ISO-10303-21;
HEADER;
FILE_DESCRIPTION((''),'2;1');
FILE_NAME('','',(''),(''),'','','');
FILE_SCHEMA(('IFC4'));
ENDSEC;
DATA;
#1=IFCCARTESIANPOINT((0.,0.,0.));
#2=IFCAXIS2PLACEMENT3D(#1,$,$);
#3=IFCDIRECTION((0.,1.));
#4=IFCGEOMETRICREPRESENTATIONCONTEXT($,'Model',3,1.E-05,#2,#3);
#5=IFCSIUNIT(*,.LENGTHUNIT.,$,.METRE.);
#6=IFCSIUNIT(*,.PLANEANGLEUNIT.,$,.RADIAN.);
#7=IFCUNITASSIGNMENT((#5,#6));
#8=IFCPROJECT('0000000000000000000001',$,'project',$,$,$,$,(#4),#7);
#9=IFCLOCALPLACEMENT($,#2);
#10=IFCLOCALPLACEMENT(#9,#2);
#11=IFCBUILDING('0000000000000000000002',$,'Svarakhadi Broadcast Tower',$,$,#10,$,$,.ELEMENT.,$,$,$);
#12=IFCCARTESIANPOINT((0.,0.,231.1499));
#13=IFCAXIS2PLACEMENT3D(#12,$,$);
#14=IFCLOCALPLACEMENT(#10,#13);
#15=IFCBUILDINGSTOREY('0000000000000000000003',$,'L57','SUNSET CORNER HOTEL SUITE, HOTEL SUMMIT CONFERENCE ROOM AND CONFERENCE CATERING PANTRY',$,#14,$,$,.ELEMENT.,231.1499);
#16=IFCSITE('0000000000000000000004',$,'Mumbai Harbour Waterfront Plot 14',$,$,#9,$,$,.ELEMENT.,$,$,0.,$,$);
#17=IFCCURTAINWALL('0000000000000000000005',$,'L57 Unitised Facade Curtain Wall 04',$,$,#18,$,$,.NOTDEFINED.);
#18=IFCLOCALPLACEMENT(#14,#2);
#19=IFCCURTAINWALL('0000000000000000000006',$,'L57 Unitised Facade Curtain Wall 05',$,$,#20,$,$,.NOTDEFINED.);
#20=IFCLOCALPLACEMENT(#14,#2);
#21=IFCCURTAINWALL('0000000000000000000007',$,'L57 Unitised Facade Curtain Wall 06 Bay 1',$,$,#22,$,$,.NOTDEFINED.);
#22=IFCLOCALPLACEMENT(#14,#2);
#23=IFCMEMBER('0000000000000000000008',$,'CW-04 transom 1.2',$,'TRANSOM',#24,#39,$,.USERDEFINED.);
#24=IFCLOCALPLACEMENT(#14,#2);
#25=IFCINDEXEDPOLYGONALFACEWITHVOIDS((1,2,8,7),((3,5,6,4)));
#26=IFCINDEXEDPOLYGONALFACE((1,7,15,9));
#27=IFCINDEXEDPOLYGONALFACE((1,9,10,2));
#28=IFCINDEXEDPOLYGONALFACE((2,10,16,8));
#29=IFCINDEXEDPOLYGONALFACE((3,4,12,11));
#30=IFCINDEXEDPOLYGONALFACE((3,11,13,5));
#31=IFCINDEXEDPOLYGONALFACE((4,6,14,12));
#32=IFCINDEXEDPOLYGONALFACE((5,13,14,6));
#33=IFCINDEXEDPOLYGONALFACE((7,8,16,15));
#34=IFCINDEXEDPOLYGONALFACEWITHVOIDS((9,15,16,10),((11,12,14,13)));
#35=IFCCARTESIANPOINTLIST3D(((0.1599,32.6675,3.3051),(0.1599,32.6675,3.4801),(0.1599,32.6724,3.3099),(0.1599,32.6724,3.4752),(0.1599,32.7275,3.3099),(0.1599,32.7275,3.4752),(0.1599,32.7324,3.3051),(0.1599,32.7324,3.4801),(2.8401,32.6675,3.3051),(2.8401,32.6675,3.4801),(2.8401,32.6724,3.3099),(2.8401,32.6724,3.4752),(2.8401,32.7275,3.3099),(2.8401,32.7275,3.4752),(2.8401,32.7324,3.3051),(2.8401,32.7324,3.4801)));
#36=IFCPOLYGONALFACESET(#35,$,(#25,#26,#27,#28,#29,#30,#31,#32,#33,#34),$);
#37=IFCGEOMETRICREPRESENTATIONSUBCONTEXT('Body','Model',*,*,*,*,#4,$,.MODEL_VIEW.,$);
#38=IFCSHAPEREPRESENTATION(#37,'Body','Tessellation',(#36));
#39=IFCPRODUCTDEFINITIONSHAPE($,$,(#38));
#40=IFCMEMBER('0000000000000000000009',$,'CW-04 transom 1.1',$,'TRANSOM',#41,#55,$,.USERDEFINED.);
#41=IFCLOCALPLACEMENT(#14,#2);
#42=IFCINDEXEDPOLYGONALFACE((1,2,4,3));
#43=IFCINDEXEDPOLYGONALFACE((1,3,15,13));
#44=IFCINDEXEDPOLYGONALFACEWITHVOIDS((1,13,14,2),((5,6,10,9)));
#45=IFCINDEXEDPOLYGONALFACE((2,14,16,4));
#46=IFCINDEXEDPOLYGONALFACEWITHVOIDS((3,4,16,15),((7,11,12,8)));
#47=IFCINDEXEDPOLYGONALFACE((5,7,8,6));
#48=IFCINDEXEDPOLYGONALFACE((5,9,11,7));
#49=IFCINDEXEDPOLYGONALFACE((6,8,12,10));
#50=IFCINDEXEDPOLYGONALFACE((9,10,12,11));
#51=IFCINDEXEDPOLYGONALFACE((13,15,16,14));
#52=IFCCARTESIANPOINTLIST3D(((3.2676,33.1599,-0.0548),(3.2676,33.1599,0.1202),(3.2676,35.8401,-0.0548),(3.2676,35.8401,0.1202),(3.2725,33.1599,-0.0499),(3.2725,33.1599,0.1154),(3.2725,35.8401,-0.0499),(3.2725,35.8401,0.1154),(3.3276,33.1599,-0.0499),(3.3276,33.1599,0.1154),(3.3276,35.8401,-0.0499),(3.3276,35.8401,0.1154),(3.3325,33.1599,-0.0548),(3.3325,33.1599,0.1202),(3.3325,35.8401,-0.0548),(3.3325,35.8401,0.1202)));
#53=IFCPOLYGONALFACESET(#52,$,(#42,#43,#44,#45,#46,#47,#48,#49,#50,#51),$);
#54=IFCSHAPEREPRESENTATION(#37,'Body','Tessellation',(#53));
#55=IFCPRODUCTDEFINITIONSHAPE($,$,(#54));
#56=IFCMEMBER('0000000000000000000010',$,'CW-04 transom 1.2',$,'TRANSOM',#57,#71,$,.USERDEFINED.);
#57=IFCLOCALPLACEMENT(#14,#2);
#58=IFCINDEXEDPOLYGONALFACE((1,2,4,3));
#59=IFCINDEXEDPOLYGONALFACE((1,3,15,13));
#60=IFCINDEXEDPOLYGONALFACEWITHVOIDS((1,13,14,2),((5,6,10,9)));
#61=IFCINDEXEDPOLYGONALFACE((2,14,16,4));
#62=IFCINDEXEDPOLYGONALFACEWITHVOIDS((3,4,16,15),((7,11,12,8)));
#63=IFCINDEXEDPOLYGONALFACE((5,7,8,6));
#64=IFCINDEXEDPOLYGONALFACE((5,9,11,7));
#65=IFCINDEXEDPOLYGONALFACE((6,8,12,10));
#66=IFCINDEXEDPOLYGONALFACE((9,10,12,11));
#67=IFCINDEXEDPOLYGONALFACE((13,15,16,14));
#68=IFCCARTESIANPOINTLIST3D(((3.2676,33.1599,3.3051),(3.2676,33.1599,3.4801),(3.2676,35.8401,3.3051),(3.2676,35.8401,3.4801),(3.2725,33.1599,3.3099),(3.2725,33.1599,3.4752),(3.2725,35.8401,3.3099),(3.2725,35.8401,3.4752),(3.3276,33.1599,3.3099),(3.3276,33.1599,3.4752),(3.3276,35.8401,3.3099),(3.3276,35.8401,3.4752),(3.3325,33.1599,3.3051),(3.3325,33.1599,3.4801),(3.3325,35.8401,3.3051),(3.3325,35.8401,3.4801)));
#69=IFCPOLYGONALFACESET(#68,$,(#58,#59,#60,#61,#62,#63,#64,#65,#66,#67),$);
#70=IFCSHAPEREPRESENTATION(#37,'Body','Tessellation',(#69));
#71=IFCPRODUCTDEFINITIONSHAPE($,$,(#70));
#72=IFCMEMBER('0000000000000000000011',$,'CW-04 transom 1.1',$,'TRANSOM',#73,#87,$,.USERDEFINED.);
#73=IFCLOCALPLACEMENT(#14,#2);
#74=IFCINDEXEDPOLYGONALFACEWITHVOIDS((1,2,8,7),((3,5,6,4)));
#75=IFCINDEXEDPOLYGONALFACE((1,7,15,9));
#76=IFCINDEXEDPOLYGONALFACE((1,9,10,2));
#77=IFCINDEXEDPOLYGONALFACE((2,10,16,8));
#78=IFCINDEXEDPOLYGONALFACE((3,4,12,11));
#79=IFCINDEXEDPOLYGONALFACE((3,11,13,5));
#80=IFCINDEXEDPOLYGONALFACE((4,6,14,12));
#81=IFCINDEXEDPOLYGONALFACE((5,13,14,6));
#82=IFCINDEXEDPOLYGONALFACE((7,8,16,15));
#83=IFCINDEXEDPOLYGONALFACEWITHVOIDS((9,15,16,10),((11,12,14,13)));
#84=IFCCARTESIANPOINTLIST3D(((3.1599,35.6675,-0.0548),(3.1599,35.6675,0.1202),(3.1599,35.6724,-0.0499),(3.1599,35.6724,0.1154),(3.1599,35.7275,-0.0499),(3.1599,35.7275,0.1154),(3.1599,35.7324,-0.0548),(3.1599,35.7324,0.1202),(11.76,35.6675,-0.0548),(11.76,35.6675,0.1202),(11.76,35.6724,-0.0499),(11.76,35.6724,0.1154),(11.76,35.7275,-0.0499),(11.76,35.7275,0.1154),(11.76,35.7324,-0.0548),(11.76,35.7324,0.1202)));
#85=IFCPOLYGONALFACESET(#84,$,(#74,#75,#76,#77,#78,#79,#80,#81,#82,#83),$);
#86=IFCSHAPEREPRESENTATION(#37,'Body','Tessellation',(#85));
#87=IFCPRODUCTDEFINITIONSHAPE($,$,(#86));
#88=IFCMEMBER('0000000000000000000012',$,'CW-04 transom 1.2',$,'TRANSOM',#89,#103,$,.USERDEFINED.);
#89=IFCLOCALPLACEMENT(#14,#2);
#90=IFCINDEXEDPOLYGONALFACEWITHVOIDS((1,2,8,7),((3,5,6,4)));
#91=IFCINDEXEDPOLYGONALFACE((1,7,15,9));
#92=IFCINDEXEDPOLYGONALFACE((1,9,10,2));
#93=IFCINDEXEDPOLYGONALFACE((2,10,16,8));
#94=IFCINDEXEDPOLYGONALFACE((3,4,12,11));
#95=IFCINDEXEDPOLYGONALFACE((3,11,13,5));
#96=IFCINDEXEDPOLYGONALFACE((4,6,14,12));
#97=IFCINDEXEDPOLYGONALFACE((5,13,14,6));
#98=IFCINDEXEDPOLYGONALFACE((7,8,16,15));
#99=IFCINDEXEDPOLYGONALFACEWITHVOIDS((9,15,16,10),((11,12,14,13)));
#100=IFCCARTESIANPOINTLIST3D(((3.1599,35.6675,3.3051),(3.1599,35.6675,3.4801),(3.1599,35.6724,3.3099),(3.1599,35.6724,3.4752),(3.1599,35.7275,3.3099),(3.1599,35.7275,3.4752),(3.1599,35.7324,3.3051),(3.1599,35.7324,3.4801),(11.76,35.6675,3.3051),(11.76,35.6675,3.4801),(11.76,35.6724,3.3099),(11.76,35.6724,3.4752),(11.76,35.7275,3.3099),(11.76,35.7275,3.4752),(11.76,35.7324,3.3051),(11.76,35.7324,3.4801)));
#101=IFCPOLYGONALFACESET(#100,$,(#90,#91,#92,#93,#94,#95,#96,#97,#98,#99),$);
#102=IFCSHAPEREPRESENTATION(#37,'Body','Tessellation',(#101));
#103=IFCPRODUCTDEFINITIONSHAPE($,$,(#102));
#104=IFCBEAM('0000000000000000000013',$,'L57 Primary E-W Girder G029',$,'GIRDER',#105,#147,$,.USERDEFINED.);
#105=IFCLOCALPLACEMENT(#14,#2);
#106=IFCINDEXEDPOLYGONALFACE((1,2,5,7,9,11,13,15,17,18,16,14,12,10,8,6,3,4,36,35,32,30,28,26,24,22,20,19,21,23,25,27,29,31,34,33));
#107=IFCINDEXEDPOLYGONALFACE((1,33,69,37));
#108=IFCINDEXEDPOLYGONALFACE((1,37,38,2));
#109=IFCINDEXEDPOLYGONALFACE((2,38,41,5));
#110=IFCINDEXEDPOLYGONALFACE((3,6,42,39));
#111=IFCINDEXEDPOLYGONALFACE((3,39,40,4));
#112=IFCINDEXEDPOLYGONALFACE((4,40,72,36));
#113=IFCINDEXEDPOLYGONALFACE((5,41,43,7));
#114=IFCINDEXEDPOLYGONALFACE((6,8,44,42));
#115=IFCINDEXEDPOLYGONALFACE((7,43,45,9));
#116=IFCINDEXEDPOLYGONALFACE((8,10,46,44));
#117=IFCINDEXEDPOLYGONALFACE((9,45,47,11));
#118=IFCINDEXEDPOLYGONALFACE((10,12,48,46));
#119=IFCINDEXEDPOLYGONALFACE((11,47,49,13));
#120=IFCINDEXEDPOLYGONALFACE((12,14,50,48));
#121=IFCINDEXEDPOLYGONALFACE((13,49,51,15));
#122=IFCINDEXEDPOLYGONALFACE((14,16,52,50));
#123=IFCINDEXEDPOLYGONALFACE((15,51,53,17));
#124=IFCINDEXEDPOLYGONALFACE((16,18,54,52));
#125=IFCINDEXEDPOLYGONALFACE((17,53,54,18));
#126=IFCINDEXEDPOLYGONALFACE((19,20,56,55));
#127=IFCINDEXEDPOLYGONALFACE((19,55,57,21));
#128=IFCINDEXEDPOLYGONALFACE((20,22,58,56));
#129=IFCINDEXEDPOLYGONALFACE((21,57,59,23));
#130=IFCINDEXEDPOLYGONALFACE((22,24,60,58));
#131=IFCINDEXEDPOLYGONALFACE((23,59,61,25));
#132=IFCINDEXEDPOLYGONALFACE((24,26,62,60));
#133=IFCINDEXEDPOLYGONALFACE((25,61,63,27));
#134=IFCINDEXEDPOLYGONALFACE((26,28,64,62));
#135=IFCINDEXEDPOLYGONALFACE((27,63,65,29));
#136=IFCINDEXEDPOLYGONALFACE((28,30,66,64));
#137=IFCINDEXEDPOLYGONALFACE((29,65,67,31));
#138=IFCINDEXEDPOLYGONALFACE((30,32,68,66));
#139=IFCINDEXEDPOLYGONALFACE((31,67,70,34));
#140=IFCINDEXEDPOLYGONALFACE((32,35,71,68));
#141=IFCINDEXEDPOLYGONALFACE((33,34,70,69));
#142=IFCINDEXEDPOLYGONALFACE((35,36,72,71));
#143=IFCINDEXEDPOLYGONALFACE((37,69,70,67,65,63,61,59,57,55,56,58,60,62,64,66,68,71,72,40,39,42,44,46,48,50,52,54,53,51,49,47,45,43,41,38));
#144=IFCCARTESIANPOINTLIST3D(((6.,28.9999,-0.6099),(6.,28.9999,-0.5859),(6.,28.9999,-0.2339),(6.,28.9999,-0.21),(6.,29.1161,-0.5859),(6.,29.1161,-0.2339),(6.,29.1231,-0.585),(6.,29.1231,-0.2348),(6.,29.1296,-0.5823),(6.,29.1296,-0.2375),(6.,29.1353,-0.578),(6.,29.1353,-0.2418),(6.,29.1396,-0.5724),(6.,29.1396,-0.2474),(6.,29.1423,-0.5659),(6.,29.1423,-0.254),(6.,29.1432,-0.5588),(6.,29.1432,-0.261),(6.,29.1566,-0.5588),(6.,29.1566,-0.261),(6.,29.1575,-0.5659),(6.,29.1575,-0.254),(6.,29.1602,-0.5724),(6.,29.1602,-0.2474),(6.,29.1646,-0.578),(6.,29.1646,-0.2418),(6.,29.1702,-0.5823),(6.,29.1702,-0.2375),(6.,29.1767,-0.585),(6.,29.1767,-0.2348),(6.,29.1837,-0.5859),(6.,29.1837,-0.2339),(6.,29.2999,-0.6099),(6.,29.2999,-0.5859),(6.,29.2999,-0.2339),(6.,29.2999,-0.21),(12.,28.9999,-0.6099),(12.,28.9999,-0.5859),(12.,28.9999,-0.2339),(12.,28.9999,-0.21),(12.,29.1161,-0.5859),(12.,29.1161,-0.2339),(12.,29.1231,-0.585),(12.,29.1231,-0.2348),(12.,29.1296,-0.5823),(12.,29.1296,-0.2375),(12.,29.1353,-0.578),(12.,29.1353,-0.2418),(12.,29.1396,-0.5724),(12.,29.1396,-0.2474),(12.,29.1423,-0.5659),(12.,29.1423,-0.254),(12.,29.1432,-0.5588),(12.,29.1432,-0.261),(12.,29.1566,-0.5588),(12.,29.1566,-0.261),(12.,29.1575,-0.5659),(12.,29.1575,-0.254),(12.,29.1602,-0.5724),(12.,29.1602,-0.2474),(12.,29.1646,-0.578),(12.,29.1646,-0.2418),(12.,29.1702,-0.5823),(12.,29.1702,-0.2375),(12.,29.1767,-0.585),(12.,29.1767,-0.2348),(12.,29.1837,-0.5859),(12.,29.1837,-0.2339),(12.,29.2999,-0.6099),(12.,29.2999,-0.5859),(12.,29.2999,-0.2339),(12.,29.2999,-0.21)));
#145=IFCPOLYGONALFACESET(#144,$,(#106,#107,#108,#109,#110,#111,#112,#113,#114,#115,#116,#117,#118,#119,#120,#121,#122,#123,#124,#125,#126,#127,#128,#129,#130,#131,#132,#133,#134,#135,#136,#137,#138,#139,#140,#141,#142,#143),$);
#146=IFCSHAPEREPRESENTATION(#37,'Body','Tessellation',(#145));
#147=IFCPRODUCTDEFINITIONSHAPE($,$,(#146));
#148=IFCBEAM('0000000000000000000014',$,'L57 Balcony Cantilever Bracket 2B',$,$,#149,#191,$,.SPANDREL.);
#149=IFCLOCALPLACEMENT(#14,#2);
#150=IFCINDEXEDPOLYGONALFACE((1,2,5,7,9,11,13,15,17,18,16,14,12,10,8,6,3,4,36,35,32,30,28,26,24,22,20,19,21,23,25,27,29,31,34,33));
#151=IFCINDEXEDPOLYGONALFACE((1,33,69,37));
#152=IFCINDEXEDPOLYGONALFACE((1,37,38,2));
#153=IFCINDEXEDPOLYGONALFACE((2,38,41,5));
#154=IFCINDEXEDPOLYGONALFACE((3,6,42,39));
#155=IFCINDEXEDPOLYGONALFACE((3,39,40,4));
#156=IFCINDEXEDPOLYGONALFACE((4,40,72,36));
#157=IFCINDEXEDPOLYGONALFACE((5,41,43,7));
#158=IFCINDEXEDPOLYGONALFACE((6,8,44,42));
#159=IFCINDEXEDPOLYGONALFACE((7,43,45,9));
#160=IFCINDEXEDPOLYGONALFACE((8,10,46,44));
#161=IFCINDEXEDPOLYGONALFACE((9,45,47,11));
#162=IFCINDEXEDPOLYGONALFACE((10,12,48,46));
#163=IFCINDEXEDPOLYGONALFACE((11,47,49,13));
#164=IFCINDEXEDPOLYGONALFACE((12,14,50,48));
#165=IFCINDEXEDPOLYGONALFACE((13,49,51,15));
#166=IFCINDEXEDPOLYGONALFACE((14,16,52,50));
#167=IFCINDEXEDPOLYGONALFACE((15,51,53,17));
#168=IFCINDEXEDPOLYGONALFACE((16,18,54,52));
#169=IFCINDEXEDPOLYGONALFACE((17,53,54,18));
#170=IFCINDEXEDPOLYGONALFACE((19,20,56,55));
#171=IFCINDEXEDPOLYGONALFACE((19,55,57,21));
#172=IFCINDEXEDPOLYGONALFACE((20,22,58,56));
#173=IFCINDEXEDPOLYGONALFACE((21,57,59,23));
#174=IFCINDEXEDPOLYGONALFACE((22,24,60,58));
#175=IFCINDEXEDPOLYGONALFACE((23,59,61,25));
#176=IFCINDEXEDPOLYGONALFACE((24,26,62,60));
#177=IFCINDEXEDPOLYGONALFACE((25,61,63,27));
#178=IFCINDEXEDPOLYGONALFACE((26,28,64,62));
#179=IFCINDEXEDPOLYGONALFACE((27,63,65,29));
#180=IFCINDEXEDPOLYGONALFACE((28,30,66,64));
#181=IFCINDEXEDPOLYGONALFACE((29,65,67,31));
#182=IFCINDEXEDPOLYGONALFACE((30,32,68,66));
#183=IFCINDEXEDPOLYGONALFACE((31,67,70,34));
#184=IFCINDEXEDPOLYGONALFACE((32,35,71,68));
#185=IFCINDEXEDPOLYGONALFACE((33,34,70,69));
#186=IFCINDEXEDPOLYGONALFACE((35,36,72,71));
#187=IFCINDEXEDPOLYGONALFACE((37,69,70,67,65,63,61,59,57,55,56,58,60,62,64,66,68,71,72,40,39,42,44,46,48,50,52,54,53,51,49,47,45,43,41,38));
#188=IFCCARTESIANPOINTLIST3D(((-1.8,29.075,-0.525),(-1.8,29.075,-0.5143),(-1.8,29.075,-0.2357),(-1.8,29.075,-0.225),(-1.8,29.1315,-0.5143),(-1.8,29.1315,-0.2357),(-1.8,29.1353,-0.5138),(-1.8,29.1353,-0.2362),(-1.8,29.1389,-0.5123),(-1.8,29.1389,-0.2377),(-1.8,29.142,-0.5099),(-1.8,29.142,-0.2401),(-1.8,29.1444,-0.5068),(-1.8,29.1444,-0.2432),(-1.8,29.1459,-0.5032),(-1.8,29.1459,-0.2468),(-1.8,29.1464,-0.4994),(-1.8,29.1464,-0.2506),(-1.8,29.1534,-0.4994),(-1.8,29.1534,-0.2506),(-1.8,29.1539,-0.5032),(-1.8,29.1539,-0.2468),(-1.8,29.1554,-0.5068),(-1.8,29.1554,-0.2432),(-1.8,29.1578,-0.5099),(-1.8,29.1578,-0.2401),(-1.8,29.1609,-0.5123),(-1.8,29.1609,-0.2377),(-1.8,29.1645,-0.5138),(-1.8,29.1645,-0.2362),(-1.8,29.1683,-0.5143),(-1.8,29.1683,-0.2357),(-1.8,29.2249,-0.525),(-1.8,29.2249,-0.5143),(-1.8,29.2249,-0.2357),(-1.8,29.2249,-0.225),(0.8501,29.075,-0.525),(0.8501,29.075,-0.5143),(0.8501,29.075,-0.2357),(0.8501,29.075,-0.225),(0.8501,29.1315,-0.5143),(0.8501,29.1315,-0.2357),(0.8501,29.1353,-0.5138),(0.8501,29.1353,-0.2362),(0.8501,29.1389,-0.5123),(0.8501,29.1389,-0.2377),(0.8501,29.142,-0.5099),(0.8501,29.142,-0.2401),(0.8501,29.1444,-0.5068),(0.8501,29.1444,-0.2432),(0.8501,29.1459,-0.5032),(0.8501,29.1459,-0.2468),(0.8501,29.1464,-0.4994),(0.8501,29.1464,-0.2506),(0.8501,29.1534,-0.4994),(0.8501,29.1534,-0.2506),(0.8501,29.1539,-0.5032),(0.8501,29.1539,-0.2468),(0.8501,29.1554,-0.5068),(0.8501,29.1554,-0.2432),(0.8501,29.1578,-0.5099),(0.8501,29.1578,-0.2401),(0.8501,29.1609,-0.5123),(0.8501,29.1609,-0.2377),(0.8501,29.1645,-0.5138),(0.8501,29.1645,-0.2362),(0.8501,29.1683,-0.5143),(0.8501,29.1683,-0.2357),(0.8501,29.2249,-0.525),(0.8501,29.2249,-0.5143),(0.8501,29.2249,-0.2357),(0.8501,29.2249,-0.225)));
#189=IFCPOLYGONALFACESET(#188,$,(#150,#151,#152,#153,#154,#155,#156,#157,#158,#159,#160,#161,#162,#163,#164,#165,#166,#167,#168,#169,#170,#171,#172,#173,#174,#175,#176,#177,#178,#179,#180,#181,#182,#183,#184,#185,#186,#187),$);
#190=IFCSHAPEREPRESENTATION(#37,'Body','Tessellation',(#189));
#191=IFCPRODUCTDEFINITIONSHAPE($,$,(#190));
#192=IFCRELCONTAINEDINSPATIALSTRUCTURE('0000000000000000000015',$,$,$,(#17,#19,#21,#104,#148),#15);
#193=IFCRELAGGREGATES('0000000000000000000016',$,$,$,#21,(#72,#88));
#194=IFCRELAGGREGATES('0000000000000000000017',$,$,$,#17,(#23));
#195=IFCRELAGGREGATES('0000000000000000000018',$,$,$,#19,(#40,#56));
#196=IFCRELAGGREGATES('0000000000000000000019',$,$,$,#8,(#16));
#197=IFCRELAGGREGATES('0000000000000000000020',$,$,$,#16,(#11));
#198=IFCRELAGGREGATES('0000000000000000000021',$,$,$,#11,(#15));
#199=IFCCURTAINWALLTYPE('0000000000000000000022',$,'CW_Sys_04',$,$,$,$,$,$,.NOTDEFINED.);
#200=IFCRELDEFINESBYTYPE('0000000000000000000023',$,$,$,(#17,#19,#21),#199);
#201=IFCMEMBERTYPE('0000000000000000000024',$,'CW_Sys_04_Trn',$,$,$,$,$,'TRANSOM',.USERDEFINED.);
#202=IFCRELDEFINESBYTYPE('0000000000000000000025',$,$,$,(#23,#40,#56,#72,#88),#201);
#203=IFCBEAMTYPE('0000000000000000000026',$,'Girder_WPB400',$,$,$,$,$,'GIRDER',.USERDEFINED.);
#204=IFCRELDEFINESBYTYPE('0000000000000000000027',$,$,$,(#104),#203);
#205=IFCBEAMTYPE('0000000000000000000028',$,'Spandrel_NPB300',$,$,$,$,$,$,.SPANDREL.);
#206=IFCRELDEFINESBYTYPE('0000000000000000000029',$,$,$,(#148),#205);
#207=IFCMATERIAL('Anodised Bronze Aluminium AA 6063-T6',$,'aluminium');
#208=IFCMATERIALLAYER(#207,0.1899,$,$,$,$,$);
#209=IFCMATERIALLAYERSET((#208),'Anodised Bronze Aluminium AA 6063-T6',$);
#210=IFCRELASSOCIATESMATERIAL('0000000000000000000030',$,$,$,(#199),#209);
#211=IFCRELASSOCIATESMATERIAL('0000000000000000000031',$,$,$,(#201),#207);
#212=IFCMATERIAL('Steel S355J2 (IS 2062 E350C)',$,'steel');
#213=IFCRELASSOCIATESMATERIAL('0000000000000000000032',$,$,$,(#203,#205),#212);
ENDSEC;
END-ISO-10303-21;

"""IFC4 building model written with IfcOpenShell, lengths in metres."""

from ifc_helpers import new_model, si_unit, direction, frame, origin, origin_2d, place, context, subcontext, project, spatial, hollow_rectangle, i_section, extrude, material, layer, layer_set, material_profile, profile_set, type_object, element, aggregate, save


model = new_model("IFC4")

# Units and contexts
model_context = context("Model", 3, precision=1e-05, world=origin(), true_north=direction((0.0, 1.0)))
body_context = subcontext(model_context, "Body", "Model", "MODEL_VIEW")
ifc_project = project(units=[si_unit("LENGTHUNIT", "METRE"), si_unit("PLANEANGLEUNIT", "RADIAN")], contexts=[model_context])

# Site, building, storey
site_placement = place(None, origin())
site = spatial("IfcSite", under=ifc_project, at=site_placement, Name="Mumbai Harbour Waterfront Plot 14", CompositionType="ELEMENT", RefElevation=0.0)
building_placement = place(site_placement, origin())
building = spatial("IfcBuilding", under=site, at=building_placement, Name="Svarakhadi Broadcast Tower", CompositionType="ELEMENT")
storey_placement = place(building_placement, frame((0.0, 0.0, 231.1499)))
storey = spatial("IfcBuildingStorey", under=building, at=storey_placement, Name="L57", Description="SUNSET CORNER HOTEL SUITE, HOTEL SUMMIT CONFERENCE ROOM AND CONFERENCE CATERING PANTRY", CompositionType="ELEMENT", Elevation=231.1499)

# Curtain walls
ifc_material_1 = material(Name="Anodised Bronze Aluminium AA 6063-T6", Category="aluminium")
ifc_layer_1 = layer(ifc_material_1, 0.1899)
ifc_layer_set_1 = layer_set([ifc_layer_1], Name="Anodised Bronze Aluminium AA 6063-T6")
curtain_wall_type = type_object("IfcCurtainWallType", Name="CW_Sys_04", PredefinedType="NOTDEFINED", material=ifc_layer_set_1)
curtain_wall_1_placement = place(storey_placement, origin())
curtain_wall_1 = element("IfcCurtainWall", 1, at=curtain_wall_1_placement, inside=storey, type_object=curtain_wall_type, Name="L57 Unitised Facade Curtain Wall 04", PredefinedType="NOTDEFINED")
curtain_wall_2_placement = place(storey_placement, origin())
curtain_wall_2 = element("IfcCurtainWall", 2, at=curtain_wall_2_placement, inside=storey, type_object=curtain_wall_type, Name="L57 Unitised Facade Curtain Wall 05", PredefinedType="NOTDEFINED")

# Curtain wall
curtain_wall_3_placement = place(storey_placement, origin())
curtain_wall_3 = element("IfcCurtainWall", 3, at=curtain_wall_3_placement, inside=storey, type_object=curtain_wall_type, Name="L57 Unitised Facade Curtain Wall 06 Bay 1", PredefinedType="NOTDEFINED")

# Members
ifc_material_profile_1 = material_profile(ifc_material_1, hollow_rectangle(XDim=0.0649, YDim=0.175, WallThickness=0.0049, at=origin_2d()), Name="ALU TRANSOM 175x65x5")
ifc_profile_set_1 = profile_set([ifc_material_profile_1], Name="Anodised Bronze Aluminium AA 6063-T6")
member_type_1 = type_object("IfcMemberType", Name="CW_Sys_04_Trn", ElementType="TRANSOM", PredefinedType="USERDEFINED", material=ifc_profile_set_1)
member_1_placement = place(storey_placement, frame((0.1599, 32.7, 3.3926), z_axis=(1.0, 0.0, 0.0), x_axis=(0.0, 1.0, 0.0)))
member_1 = element("IfcMember", 4, at=member_1_placement, type_object=member_type_1, Name="CW-04 transom 1.2", ObjectType="TRANSOM", PredefinedType="USERDEFINED", context=body_context, shape_type="SweptSolid", body=[
    extrude(hollow_rectangle(XDim=0.0649, YDim=0.175, WallThickness=0.0049, at=origin_2d()), origin(), (0.0, 0.0, 1.0), 2.6802),
])
member_2_placement = place(storey_placement, frame((3.3, 33.1599, 0.0327), z_axis=(0.0, 1.0, 0.0), x_axis=(-1.0, 0.0, 0.0)))
member_2 = element("IfcMember", 5, at=member_2_placement, type_object=member_type_1, Name="CW-04 transom 1.1", ObjectType="TRANSOM", PredefinedType="USERDEFINED", context=body_context, shape_type="SweptSolid", body=[
    extrude(hollow_rectangle(XDim=0.0649, YDim=0.175, WallThickness=0.0049, at=origin_2d()), origin(), (0.0, 0.0, 1.0), 2.6802),
])
member_3_placement = place(storey_placement, frame((3.3, 33.1599, 3.3926), z_axis=(0.0, 1.0, 0.0), x_axis=(-1.0, 0.0, 0.0)))
member_3 = element("IfcMember", 6, at=member_3_placement, type_object=member_type_1, Name="CW-04 transom 1.2", ObjectType="TRANSOM", PredefinedType="USERDEFINED", context=body_context, shape_type="SweptSolid", body=[
    extrude(hollow_rectangle(XDim=0.0649, YDim=0.175, WallThickness=0.0049, at=origin_2d()), origin(), (0.0, 0.0, 1.0), 2.6802),
])
member_4_placement = place(storey_placement, frame((3.1599, 35.7, 0.0327), z_axis=(1.0, 0.0, 0.0), x_axis=(0.0, 1.0, 0.0)))
member_4 = element("IfcMember", 7, at=member_4_placement, type_object=member_type_1, Name="CW-04 transom 1.1", ObjectType="TRANSOM", PredefinedType="USERDEFINED", context=body_context, shape_type="SweptSolid", body=[
    extrude(hollow_rectangle(XDim=0.0649, YDim=0.175, WallThickness=0.0049, at=origin_2d()), origin(), (0.0, 0.0, 1.0), 8.6001),
])
member_5_placement = place(storey_placement, frame((3.1599, 35.7, 3.3926), z_axis=(1.0, 0.0, 0.0), x_axis=(0.0, 1.0, 0.0)))
member_5 = element("IfcMember", 8, at=member_5_placement, type_object=member_type_1, Name="CW-04 transom 1.2", ObjectType="TRANSOM", PredefinedType="USERDEFINED", context=body_context, shape_type="SweptSolid", body=[
    extrude(hollow_rectangle(XDim=0.0649, YDim=0.175, WallThickness=0.0049, at=origin_2d()), origin(), (0.0, 0.0, 1.0), 8.6001),
])
aggregate(curtain_wall_3, [member_4, member_5])

# Beams
ifc_material_2 = material(Name="Steel S355J2 (IS 2062 E350C)", Category="steel")
ifc_material_profile_2 = material_profile(ifc_material_2, i_section(OverallWidth=0.3, OverallDepth=0.3999, WebThickness=0.0134, FlangeThickness=0.0239, FilletRadius=0.0271, at=origin_2d()), Name="WPB 400x300x155")
ifc_profile_set_2 = profile_set([ifc_material_profile_2], Name="Steel S355J2 (IS 2062 E350C)")
beam_type_1 = type_object("IfcBeamType", Name="Girder_WPB400", ElementType="GIRDER", PredefinedType="USERDEFINED", material=ifc_profile_set_2)
beam_1_placement = place(storey_placement, frame((6.0, 29.1499, -0.4099), z_axis=(1.0, 0.0, 0.0), x_axis=(0.0, 1.0, 0.0)))
element("IfcBeam", 9, at=beam_1_placement, inside=storey, type_object=beam_type_1, Name="L57 Primary E-W Girder G029", ObjectType="GIRDER", PredefinedType="USERDEFINED", context=body_context, shape_type="SweptSolid", body=[
    extrude(i_section(OverallWidth=0.3, OverallDepth=0.3999, WebThickness=0.0134, FlangeThickness=0.0239, FilletRadius=0.0271, at=origin_2d()), origin(), (0.0, 0.0, 1.0), 6.0),
])
ifc_material_profile_3 = material_profile(ifc_material_2, i_section(OverallWidth=0.1499, OverallDepth=0.3, WebThickness=0.0071, FlangeThickness=0.0107, FilletRadius=0.0149, at=origin_2d()), Name="NPB 300x150x37")
ifc_profile_set_3 = profile_set([ifc_material_profile_3], Name="Steel S355J2 (IS 2062 E350C)")
beam_type_2 = type_object("IfcBeamType", Name="Spandrel_NPB300", PredefinedType="SPANDREL", material=ifc_profile_set_3)
beam_2_placement = place(storey_placement, frame((0.8501, 29.1499, -0.375), z_axis=(-1.0, 0.0, 0.0), x_axis=(0.0, -1.0, 0.0)))
element("IfcBeam", 10, at=beam_2_placement, inside=storey, type_object=beam_type_2, Name="L57 Balcony Cantilever Bracket 2B", PredefinedType="SPANDREL", context=body_context, shape_type="SweptSolid", body=[
    extrude(i_section(OverallWidth=0.1499, OverallDepth=0.3, WebThickness=0.0071, FlangeThickness=0.0107, FilletRadius=0.0149, at=origin_2d()), origin(), (0.0, 0.0, 1.0), 2.6501),
])

aggregate(curtain_wall_1, [member_1])
aggregate(curtain_wall_2, [member_2, member_3])

save(model, "model.ifc")
